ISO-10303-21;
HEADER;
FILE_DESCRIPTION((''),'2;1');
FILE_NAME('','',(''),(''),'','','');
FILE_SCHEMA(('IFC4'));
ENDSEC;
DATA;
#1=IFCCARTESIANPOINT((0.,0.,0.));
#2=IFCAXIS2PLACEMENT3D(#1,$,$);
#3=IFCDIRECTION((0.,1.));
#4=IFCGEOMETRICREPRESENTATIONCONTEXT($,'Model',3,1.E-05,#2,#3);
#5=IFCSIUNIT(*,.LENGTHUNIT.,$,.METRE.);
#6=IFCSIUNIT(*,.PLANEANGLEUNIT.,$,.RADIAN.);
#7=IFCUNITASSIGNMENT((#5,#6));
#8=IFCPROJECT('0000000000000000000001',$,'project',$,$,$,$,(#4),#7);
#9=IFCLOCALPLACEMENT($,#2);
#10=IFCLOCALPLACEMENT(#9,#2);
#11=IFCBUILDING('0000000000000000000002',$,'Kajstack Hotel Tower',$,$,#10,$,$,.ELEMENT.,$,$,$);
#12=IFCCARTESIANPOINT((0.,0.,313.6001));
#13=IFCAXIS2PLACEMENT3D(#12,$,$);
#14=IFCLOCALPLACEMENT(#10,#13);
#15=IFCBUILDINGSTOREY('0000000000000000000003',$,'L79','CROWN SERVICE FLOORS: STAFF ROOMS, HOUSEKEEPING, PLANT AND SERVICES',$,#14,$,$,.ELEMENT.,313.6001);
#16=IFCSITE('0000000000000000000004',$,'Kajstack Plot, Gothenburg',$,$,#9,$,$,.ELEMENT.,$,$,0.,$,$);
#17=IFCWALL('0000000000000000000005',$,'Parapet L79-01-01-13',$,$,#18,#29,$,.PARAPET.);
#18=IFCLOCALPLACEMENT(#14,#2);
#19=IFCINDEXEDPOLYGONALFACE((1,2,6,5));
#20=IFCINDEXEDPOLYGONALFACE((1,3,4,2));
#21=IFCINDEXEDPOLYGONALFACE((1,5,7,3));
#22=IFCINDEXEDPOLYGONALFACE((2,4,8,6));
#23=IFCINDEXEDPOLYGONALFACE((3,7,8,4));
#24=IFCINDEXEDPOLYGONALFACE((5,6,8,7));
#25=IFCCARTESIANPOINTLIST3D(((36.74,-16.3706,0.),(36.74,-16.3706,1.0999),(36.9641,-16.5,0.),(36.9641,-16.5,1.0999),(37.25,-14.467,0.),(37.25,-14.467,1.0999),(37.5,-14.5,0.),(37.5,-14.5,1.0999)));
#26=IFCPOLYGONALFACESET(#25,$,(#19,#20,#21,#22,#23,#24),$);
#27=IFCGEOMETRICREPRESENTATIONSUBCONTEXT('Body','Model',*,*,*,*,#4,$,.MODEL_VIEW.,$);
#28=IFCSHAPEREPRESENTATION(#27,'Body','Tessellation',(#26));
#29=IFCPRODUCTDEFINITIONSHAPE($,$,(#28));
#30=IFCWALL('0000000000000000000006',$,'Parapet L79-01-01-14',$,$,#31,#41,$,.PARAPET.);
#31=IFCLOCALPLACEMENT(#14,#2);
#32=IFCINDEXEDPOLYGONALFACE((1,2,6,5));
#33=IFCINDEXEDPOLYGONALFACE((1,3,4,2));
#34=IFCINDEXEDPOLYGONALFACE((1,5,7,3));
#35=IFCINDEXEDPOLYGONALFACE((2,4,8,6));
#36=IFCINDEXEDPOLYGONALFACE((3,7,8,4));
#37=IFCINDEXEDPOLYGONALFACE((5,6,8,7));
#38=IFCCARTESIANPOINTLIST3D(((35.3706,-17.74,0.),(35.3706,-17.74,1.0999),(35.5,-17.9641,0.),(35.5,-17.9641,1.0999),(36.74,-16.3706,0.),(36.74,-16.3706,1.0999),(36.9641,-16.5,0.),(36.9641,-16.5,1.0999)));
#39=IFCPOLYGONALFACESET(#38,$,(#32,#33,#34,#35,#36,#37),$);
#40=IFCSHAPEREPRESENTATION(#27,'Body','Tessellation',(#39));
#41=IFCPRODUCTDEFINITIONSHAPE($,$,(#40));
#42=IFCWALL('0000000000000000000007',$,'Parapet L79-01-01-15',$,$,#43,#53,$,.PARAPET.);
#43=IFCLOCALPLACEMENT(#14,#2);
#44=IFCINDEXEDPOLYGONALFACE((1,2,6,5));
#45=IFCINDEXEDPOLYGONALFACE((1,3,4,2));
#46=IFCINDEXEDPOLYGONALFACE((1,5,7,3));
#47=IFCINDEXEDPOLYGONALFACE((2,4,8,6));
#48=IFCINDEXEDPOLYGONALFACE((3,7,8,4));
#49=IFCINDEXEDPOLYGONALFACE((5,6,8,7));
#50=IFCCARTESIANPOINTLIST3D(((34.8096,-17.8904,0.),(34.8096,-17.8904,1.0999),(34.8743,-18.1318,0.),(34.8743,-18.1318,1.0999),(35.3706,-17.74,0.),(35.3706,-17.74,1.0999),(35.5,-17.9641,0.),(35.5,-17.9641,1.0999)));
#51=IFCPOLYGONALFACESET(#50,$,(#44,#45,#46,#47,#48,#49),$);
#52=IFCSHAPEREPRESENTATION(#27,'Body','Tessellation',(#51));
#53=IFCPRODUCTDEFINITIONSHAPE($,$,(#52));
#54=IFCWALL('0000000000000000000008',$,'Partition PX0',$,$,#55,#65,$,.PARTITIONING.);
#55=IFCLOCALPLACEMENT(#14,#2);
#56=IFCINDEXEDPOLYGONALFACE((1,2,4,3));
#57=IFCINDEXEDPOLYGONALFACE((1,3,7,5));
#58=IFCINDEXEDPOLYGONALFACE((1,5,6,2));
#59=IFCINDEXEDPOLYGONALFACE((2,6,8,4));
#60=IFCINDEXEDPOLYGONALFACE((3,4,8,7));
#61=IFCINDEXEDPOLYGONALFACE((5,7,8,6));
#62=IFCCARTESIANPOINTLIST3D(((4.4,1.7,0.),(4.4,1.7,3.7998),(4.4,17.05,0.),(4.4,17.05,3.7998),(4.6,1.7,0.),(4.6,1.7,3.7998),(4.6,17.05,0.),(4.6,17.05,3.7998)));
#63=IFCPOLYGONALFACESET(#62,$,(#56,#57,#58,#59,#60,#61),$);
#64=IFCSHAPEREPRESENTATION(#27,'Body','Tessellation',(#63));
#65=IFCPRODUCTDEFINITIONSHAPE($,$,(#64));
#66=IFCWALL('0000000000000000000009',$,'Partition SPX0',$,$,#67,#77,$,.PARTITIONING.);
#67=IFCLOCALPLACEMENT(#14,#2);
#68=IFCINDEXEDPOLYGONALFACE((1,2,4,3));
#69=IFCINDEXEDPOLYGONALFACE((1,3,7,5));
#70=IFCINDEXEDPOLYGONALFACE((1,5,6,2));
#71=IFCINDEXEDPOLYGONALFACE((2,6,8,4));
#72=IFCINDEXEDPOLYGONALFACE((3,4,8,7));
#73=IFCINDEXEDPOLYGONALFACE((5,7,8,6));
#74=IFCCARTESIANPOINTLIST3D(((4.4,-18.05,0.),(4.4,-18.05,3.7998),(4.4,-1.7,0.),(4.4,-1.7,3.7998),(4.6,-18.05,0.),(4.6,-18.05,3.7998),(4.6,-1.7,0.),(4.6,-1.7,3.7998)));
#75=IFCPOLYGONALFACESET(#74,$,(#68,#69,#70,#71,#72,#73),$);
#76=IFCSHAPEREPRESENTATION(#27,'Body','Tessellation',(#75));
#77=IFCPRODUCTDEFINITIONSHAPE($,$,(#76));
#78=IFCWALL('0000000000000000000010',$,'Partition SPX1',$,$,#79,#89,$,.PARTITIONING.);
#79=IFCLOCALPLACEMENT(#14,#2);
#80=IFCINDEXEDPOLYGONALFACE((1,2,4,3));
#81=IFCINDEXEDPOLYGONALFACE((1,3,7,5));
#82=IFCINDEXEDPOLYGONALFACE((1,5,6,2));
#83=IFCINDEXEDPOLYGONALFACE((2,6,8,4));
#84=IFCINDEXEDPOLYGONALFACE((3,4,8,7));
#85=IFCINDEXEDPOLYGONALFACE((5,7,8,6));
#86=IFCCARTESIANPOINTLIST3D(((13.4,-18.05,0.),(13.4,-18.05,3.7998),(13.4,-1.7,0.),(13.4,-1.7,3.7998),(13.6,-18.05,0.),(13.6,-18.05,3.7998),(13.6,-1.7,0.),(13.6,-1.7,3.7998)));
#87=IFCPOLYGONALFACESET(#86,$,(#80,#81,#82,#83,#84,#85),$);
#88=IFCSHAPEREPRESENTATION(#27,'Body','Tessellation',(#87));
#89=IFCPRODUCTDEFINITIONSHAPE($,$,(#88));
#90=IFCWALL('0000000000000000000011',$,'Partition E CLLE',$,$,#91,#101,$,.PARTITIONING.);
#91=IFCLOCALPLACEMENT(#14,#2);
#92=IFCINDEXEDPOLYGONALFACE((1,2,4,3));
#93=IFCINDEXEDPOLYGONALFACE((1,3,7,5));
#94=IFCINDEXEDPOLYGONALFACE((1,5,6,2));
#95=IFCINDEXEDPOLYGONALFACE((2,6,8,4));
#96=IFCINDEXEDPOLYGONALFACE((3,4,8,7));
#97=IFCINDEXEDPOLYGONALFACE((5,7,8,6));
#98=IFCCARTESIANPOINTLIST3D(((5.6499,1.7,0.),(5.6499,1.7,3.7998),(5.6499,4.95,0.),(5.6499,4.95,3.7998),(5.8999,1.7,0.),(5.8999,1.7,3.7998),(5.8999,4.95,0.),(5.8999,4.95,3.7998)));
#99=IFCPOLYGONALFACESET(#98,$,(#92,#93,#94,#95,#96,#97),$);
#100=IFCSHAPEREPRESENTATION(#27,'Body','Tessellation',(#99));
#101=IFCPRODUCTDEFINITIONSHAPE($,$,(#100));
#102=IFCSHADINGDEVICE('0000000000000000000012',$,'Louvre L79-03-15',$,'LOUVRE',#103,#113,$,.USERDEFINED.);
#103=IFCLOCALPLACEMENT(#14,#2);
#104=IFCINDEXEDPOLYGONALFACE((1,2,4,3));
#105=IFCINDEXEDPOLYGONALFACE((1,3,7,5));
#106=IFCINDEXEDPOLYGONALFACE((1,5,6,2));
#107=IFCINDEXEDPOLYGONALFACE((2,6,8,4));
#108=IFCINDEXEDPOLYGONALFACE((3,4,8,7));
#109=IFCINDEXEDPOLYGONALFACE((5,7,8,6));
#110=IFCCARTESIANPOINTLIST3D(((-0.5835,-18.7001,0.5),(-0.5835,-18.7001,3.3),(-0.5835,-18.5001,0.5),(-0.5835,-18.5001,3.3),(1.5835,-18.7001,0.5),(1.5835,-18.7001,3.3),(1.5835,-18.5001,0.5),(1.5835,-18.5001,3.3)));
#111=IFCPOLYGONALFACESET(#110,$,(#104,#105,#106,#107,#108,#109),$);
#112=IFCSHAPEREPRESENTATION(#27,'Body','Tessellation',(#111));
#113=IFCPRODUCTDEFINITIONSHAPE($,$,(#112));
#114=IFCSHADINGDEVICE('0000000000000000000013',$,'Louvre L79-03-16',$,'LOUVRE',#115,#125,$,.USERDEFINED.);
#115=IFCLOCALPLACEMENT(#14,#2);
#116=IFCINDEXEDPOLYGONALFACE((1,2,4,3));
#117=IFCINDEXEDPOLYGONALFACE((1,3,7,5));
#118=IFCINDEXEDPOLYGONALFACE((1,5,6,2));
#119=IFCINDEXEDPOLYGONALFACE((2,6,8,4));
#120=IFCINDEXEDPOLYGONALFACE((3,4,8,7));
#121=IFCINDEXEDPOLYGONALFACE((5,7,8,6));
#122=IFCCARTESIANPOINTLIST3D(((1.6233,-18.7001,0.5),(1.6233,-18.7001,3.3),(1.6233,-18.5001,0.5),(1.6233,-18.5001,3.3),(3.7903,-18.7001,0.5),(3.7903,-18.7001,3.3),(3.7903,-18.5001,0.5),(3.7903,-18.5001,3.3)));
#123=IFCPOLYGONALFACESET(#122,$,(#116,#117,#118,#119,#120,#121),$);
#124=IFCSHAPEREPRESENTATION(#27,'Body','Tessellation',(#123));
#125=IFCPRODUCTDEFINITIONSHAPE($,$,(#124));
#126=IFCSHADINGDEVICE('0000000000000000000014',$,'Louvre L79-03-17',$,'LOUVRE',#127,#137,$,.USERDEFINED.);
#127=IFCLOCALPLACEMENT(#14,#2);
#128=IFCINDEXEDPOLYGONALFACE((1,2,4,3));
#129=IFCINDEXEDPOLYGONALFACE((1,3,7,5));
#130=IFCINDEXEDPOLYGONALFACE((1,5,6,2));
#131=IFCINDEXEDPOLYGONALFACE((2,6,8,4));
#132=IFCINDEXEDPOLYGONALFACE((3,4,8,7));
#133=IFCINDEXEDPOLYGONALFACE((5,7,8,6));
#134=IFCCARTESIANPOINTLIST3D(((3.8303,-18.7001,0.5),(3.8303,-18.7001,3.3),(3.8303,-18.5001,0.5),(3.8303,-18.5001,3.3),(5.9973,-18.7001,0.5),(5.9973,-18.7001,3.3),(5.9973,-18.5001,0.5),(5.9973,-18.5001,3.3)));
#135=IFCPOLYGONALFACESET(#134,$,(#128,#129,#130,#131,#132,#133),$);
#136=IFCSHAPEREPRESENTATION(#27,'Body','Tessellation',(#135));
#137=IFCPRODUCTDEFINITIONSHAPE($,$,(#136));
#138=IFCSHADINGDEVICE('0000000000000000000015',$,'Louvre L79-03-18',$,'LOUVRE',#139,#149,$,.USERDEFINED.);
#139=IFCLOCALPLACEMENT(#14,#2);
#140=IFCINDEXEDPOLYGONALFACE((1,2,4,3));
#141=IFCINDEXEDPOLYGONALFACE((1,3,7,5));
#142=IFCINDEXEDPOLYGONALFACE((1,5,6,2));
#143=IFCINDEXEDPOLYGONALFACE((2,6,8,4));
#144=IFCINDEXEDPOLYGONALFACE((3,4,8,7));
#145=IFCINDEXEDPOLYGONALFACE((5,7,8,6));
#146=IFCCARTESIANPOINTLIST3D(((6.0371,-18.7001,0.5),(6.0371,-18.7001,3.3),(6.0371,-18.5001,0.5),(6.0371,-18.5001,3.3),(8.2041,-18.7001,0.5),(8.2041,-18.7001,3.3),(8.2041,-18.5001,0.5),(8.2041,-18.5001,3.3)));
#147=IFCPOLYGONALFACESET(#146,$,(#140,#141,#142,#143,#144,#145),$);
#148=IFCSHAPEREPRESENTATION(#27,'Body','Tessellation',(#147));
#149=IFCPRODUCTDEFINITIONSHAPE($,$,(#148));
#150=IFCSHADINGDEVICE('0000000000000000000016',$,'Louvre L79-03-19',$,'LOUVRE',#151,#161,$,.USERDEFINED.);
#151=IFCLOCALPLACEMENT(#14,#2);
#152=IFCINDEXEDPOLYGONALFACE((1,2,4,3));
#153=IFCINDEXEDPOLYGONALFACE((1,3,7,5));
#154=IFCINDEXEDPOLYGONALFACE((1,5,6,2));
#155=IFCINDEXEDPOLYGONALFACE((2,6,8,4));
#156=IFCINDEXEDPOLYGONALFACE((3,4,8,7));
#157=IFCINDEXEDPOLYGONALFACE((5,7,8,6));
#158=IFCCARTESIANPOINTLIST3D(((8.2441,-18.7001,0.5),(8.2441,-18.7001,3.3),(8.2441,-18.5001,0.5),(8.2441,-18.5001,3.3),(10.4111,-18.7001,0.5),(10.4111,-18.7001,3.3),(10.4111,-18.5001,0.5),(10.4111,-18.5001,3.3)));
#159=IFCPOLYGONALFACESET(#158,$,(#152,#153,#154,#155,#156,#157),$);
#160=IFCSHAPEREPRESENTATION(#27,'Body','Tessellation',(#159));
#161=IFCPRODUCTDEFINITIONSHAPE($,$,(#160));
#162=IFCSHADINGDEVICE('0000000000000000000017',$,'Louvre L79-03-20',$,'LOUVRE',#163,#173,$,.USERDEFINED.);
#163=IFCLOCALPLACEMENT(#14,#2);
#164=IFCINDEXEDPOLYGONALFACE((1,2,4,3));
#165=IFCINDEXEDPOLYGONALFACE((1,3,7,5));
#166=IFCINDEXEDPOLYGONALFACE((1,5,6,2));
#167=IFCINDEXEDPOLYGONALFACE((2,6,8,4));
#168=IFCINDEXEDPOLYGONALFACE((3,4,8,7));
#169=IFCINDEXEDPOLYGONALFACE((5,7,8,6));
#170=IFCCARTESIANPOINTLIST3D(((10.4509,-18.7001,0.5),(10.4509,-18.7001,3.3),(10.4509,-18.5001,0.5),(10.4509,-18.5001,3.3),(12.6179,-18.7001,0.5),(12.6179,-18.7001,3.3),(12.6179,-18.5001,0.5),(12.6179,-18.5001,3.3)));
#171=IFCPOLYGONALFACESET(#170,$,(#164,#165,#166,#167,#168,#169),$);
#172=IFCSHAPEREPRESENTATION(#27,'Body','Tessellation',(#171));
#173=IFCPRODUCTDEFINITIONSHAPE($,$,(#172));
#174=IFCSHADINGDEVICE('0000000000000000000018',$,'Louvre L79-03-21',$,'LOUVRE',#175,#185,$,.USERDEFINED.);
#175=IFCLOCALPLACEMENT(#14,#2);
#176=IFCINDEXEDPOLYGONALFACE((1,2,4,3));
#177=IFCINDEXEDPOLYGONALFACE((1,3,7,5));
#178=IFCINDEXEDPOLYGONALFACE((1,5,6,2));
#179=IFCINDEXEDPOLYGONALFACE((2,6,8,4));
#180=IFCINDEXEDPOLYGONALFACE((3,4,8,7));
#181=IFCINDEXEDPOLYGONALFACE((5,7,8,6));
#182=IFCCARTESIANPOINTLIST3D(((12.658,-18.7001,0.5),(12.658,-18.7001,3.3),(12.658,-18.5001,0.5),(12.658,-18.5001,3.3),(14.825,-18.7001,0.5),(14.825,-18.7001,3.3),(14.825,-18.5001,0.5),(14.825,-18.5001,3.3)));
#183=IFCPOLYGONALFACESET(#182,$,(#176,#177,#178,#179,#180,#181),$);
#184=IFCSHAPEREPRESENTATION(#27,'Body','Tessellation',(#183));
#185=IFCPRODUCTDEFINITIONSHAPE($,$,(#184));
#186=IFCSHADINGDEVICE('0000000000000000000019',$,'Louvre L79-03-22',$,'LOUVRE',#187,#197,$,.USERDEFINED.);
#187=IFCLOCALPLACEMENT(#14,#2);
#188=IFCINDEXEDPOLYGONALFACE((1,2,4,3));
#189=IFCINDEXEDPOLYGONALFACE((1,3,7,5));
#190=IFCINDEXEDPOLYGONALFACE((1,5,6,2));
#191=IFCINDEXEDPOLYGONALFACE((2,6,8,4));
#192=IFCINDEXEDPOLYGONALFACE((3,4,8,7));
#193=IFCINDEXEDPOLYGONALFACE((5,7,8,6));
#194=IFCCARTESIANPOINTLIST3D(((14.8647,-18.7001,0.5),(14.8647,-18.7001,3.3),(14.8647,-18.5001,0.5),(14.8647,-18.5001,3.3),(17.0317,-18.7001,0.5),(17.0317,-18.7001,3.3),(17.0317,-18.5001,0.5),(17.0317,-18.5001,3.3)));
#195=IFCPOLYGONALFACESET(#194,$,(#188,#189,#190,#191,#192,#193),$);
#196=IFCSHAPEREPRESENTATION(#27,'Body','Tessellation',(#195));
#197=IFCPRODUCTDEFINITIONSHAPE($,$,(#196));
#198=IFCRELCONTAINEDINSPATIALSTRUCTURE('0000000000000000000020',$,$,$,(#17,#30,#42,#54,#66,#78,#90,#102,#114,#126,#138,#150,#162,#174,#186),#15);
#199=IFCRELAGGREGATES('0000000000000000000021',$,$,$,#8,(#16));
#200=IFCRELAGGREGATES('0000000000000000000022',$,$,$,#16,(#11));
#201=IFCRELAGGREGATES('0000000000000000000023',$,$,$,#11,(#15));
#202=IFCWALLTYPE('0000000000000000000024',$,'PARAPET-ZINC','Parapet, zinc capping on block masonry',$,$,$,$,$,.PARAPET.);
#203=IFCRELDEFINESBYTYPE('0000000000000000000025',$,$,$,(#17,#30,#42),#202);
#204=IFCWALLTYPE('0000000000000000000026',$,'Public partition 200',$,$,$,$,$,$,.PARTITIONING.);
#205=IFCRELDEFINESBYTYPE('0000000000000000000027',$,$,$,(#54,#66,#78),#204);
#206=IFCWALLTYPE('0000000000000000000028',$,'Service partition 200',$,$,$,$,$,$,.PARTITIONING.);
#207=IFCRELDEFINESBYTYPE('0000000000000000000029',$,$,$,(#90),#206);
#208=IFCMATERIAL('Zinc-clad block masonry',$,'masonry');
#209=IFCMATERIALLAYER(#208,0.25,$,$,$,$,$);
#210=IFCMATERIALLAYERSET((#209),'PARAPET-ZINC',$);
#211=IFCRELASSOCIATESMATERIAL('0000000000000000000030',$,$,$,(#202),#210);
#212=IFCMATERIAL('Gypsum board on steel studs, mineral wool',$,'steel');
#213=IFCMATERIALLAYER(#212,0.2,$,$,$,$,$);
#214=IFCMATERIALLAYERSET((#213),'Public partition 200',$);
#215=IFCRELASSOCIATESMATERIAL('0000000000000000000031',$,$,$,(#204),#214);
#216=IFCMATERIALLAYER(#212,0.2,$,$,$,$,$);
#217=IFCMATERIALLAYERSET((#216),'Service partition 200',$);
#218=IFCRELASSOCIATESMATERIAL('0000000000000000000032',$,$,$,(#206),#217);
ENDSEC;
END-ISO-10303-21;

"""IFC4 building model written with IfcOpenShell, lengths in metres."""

from ifc_helpers import new_model, si_unit, direction, frame, frame_2d, origin, origin_2d, place, context, subcontext, project, spatial, polyline, rectangle, outline, extrude, material, layer, layer_set, type_object, element, save


model = new_model("IFC4")

# Units and contexts
model_context = context("Model", 3, precision=1e-05, world=origin(), true_north=direction((0.0, 1.0)))
body_context = subcontext(model_context, "Body", "Model", "MODEL_VIEW")
ifc_project = project(units=[si_unit("LENGTHUNIT", "METRE"), si_unit("PLANEANGLEUNIT", "RADIAN")], contexts=[model_context])

# Site, building, storey
site_placement = place(None, origin())
site = spatial("IfcSite", under=ifc_project, at=site_placement, Name="Kajstack Plot, Gothenburg", CompositionType="ELEMENT", RefElevation=0.0)
building_placement = place(site_placement, origin())
building = spatial("IfcBuilding", under=site, at=building_placement, Name="Kajstack Hotel Tower", CompositionType="ELEMENT")
storey_placement = place(building_placement, frame((0.0, 0.0, 313.6001)))
storey = spatial("IfcBuildingStorey", under=building, at=storey_placement, Name="L79", Description="CROWN SERVICE FLOORS: STAFF ROOMS, HOUSEKEEPING, PLANT AND SERVICES", CompositionType="ELEMENT", Elevation=313.6001)

# Walls
ifc_material_1 = material(Name="Zinc-clad block masonry", Category="masonry")
ifc_layer_1 = layer(ifc_material_1, 0.25)
ifc_layer_set_1 = layer_set([ifc_layer_1], Name="PARAPET-ZINC")
wall_type_1 = type_object("IfcWallType", Name="PARAPET-ZINC", Description="Parapet, zinc capping on block masonry", PredefinedType="PARAPET", material=ifc_layer_set_1)
wall_1_placement = place(storey_placement, origin())
element("IfcWall", 1, at=wall_1_placement, inside=storey, type_object=wall_type_1, Name="Parapet L79-01-01-13", PredefinedType="PARAPET", context=body_context, shape_type="SweptSolid", body=[
    extrude(outline(polyline([(37.5, -14.5), (37.25, -14.467), (36.74, -16.3706), (36.9641, -16.5), (37.5, -14.5)])), origin(), (0.0, 0.0, 1.0), 1.0999),
])
wall_2_placement = place(storey_placement, origin())
element("IfcWall", 2, at=wall_2_placement, inside=storey, type_object=wall_type_1, Name="Parapet L79-01-01-14", PredefinedType="PARAPET", context=body_context, shape_type="SweptSolid", body=[
    extrude(outline(polyline([(36.9641, -16.5), (36.74, -16.3706), (35.3706, -17.74), (35.5, -17.9641), (36.9641, -16.5)])), origin(), (0.0, 0.0, 1.0), 1.0999),
])
wall_3_placement = place(storey_placement, origin())
element("IfcWall", 3, at=wall_3_placement, inside=storey, type_object=wall_type_1, Name="Parapet L79-01-01-15", PredefinedType="PARAPET", context=body_context, shape_type="SweptSolid", body=[
    extrude(outline(polyline([(35.5, -17.9641), (35.3706, -17.74), (34.8096, -17.8904), (34.8743, -18.1318), (35.5, -17.9641)])), origin(), (0.0, 0.0, 1.0), 1.0999),
])
ifc_material_2 = material(Name="Gypsum board on steel studs, mineral wool", Category="steel")
ifc_layer_2 = layer(ifc_material_2, 0.2)
ifc_layer_set_2 = layer_set([ifc_layer_2], Name="Public partition 200")
wall_type_2 = type_object("IfcWallType", Name="Public partition 200", PredefinedType="PARTITIONING", material=ifc_layer_set_2)
wall_4_placement = place(storey_placement, frame((4.5, 1.7, 0.0), z_axis=(0.0, 0.0, 1.0), x_axis=(0.0, 1.0, 0.0)))
element("IfcWall", 4, at=wall_4_placement, inside=storey, type_object=wall_type_2, Name="Partition PX0", PredefinedType="PARTITIONING", context=body_context, shape_type="SweptSolid", body=[
    extrude(rectangle(XDim=15.3501, YDim=0.2, at=frame_2d((7.675, 0.0))), origin(), (0.0, 0.0, 1.0), 3.7998),
])
for number, where, z_axis, x_axis, name in (
    (5, (4.5, -18.05, 0.0), (0.0, 0.0, 1.0), (0.0, 1.0, 0.0), "Partition SPX0"),
    (6, (13.5, -18.05, 0.0), (0.0, 0.0, 1.0), (0.0, 1.0, 0.0), "Partition SPX1"),
):
    element("IfcWall", number, at=place(storey_placement, frame(where, z_axis=z_axis, x_axis=x_axis)), inside=storey, type_object=wall_type_2, Name=name, PredefinedType="PARTITIONING", context=body_context, shape_type="SweptSolid", body=[
        extrude(rectangle(XDim=16.3501, YDim=0.2, at=frame_2d((8.175, 0.0))), origin(), (0.0, 0.0, 1.0), 3.7998),
    ])
ifc_layer_3 = layer(ifc_material_2, 0.2)
ifc_layer_set_3 = layer_set([ifc_layer_3], Name="Service partition 200")
wall_type_3 = type_object("IfcWallType", Name="Service partition 200", PredefinedType="PARTITIONING", material=ifc_layer_set_3)
wall_5_placement = place(storey_placement, frame((5.7749, 1.7, 0.0), z_axis=(0.0, 0.0, 1.0), x_axis=(0.0, 1.0, 0.0)))
element("IfcWall", 7, at=wall_5_placement, inside=storey, type_object=wall_type_3, Name="Partition E CLLE", PredefinedType="PARTITIONING", context=body_context, shape_type="SweptSolid", body=[
    extrude(rectangle(XDim=3.25, YDim=0.25, at=frame_2d((1.625, 0.0))), origin(), (0.0, 0.0, 1.0), 3.7998),
])

# Shading devices
for number, where, z_axis, x_axis, name in (
    (8, (0.5, -18.6001, 0.5), (0.0, 0.0, 1.0), (1.0, 0.0, 0.0), "Louvre L79-03-15"),
    (9, (2.7068, -18.6001, 0.5), (0.0, 0.0, 1.0), (1.0, 0.0, 0.0), "Louvre L79-03-16"),
    (10, (4.9138, -18.6001, 0.5), (0.0, 0.0, 1.0), (1.0, 0.0, 0.0), "Louvre L79-03-17"),
    (11, (7.1206, -18.6001, 0.5), (0.0, 0.0, 1.0), (1.0, 0.0, 0.0), "Louvre L79-03-18"),
    (12, (9.3276, -18.6001, 0.5), (0.0, 0.0, 1.0), (1.0, 0.0, 0.0), "Louvre L79-03-19"),
    (13, (11.5344, -18.6001, 0.5), (0.0, 0.0, 1.0), (1.0, 0.0, 0.0), "Louvre L79-03-20"),
    (14, (13.7415, -18.6001, 0.5), (0.0, 0.0, 1.0), (1.0, 0.0, 0.0), "Louvre L79-03-21"),
    (15, (15.9482, -18.6001, 0.5), (0.0, 0.0, 1.0), (1.0, 0.0, 0.0), "Louvre L79-03-22"),
):
    element("IfcShadingDevice", number, at=place(storey_placement, frame(where, z_axis=z_axis, x_axis=x_axis)), inside=storey, Name=name, ObjectType="LOUVRE", PredefinedType="USERDEFINED", context=body_context, shape_type="SweptSolid", body=[
        extrude(rectangle(XDim=2.167, YDim=0.2, at=origin_2d()), origin(), (0.0, 0.0, 1.0), 2.8),
    ])

save(model, "model.ifc")
